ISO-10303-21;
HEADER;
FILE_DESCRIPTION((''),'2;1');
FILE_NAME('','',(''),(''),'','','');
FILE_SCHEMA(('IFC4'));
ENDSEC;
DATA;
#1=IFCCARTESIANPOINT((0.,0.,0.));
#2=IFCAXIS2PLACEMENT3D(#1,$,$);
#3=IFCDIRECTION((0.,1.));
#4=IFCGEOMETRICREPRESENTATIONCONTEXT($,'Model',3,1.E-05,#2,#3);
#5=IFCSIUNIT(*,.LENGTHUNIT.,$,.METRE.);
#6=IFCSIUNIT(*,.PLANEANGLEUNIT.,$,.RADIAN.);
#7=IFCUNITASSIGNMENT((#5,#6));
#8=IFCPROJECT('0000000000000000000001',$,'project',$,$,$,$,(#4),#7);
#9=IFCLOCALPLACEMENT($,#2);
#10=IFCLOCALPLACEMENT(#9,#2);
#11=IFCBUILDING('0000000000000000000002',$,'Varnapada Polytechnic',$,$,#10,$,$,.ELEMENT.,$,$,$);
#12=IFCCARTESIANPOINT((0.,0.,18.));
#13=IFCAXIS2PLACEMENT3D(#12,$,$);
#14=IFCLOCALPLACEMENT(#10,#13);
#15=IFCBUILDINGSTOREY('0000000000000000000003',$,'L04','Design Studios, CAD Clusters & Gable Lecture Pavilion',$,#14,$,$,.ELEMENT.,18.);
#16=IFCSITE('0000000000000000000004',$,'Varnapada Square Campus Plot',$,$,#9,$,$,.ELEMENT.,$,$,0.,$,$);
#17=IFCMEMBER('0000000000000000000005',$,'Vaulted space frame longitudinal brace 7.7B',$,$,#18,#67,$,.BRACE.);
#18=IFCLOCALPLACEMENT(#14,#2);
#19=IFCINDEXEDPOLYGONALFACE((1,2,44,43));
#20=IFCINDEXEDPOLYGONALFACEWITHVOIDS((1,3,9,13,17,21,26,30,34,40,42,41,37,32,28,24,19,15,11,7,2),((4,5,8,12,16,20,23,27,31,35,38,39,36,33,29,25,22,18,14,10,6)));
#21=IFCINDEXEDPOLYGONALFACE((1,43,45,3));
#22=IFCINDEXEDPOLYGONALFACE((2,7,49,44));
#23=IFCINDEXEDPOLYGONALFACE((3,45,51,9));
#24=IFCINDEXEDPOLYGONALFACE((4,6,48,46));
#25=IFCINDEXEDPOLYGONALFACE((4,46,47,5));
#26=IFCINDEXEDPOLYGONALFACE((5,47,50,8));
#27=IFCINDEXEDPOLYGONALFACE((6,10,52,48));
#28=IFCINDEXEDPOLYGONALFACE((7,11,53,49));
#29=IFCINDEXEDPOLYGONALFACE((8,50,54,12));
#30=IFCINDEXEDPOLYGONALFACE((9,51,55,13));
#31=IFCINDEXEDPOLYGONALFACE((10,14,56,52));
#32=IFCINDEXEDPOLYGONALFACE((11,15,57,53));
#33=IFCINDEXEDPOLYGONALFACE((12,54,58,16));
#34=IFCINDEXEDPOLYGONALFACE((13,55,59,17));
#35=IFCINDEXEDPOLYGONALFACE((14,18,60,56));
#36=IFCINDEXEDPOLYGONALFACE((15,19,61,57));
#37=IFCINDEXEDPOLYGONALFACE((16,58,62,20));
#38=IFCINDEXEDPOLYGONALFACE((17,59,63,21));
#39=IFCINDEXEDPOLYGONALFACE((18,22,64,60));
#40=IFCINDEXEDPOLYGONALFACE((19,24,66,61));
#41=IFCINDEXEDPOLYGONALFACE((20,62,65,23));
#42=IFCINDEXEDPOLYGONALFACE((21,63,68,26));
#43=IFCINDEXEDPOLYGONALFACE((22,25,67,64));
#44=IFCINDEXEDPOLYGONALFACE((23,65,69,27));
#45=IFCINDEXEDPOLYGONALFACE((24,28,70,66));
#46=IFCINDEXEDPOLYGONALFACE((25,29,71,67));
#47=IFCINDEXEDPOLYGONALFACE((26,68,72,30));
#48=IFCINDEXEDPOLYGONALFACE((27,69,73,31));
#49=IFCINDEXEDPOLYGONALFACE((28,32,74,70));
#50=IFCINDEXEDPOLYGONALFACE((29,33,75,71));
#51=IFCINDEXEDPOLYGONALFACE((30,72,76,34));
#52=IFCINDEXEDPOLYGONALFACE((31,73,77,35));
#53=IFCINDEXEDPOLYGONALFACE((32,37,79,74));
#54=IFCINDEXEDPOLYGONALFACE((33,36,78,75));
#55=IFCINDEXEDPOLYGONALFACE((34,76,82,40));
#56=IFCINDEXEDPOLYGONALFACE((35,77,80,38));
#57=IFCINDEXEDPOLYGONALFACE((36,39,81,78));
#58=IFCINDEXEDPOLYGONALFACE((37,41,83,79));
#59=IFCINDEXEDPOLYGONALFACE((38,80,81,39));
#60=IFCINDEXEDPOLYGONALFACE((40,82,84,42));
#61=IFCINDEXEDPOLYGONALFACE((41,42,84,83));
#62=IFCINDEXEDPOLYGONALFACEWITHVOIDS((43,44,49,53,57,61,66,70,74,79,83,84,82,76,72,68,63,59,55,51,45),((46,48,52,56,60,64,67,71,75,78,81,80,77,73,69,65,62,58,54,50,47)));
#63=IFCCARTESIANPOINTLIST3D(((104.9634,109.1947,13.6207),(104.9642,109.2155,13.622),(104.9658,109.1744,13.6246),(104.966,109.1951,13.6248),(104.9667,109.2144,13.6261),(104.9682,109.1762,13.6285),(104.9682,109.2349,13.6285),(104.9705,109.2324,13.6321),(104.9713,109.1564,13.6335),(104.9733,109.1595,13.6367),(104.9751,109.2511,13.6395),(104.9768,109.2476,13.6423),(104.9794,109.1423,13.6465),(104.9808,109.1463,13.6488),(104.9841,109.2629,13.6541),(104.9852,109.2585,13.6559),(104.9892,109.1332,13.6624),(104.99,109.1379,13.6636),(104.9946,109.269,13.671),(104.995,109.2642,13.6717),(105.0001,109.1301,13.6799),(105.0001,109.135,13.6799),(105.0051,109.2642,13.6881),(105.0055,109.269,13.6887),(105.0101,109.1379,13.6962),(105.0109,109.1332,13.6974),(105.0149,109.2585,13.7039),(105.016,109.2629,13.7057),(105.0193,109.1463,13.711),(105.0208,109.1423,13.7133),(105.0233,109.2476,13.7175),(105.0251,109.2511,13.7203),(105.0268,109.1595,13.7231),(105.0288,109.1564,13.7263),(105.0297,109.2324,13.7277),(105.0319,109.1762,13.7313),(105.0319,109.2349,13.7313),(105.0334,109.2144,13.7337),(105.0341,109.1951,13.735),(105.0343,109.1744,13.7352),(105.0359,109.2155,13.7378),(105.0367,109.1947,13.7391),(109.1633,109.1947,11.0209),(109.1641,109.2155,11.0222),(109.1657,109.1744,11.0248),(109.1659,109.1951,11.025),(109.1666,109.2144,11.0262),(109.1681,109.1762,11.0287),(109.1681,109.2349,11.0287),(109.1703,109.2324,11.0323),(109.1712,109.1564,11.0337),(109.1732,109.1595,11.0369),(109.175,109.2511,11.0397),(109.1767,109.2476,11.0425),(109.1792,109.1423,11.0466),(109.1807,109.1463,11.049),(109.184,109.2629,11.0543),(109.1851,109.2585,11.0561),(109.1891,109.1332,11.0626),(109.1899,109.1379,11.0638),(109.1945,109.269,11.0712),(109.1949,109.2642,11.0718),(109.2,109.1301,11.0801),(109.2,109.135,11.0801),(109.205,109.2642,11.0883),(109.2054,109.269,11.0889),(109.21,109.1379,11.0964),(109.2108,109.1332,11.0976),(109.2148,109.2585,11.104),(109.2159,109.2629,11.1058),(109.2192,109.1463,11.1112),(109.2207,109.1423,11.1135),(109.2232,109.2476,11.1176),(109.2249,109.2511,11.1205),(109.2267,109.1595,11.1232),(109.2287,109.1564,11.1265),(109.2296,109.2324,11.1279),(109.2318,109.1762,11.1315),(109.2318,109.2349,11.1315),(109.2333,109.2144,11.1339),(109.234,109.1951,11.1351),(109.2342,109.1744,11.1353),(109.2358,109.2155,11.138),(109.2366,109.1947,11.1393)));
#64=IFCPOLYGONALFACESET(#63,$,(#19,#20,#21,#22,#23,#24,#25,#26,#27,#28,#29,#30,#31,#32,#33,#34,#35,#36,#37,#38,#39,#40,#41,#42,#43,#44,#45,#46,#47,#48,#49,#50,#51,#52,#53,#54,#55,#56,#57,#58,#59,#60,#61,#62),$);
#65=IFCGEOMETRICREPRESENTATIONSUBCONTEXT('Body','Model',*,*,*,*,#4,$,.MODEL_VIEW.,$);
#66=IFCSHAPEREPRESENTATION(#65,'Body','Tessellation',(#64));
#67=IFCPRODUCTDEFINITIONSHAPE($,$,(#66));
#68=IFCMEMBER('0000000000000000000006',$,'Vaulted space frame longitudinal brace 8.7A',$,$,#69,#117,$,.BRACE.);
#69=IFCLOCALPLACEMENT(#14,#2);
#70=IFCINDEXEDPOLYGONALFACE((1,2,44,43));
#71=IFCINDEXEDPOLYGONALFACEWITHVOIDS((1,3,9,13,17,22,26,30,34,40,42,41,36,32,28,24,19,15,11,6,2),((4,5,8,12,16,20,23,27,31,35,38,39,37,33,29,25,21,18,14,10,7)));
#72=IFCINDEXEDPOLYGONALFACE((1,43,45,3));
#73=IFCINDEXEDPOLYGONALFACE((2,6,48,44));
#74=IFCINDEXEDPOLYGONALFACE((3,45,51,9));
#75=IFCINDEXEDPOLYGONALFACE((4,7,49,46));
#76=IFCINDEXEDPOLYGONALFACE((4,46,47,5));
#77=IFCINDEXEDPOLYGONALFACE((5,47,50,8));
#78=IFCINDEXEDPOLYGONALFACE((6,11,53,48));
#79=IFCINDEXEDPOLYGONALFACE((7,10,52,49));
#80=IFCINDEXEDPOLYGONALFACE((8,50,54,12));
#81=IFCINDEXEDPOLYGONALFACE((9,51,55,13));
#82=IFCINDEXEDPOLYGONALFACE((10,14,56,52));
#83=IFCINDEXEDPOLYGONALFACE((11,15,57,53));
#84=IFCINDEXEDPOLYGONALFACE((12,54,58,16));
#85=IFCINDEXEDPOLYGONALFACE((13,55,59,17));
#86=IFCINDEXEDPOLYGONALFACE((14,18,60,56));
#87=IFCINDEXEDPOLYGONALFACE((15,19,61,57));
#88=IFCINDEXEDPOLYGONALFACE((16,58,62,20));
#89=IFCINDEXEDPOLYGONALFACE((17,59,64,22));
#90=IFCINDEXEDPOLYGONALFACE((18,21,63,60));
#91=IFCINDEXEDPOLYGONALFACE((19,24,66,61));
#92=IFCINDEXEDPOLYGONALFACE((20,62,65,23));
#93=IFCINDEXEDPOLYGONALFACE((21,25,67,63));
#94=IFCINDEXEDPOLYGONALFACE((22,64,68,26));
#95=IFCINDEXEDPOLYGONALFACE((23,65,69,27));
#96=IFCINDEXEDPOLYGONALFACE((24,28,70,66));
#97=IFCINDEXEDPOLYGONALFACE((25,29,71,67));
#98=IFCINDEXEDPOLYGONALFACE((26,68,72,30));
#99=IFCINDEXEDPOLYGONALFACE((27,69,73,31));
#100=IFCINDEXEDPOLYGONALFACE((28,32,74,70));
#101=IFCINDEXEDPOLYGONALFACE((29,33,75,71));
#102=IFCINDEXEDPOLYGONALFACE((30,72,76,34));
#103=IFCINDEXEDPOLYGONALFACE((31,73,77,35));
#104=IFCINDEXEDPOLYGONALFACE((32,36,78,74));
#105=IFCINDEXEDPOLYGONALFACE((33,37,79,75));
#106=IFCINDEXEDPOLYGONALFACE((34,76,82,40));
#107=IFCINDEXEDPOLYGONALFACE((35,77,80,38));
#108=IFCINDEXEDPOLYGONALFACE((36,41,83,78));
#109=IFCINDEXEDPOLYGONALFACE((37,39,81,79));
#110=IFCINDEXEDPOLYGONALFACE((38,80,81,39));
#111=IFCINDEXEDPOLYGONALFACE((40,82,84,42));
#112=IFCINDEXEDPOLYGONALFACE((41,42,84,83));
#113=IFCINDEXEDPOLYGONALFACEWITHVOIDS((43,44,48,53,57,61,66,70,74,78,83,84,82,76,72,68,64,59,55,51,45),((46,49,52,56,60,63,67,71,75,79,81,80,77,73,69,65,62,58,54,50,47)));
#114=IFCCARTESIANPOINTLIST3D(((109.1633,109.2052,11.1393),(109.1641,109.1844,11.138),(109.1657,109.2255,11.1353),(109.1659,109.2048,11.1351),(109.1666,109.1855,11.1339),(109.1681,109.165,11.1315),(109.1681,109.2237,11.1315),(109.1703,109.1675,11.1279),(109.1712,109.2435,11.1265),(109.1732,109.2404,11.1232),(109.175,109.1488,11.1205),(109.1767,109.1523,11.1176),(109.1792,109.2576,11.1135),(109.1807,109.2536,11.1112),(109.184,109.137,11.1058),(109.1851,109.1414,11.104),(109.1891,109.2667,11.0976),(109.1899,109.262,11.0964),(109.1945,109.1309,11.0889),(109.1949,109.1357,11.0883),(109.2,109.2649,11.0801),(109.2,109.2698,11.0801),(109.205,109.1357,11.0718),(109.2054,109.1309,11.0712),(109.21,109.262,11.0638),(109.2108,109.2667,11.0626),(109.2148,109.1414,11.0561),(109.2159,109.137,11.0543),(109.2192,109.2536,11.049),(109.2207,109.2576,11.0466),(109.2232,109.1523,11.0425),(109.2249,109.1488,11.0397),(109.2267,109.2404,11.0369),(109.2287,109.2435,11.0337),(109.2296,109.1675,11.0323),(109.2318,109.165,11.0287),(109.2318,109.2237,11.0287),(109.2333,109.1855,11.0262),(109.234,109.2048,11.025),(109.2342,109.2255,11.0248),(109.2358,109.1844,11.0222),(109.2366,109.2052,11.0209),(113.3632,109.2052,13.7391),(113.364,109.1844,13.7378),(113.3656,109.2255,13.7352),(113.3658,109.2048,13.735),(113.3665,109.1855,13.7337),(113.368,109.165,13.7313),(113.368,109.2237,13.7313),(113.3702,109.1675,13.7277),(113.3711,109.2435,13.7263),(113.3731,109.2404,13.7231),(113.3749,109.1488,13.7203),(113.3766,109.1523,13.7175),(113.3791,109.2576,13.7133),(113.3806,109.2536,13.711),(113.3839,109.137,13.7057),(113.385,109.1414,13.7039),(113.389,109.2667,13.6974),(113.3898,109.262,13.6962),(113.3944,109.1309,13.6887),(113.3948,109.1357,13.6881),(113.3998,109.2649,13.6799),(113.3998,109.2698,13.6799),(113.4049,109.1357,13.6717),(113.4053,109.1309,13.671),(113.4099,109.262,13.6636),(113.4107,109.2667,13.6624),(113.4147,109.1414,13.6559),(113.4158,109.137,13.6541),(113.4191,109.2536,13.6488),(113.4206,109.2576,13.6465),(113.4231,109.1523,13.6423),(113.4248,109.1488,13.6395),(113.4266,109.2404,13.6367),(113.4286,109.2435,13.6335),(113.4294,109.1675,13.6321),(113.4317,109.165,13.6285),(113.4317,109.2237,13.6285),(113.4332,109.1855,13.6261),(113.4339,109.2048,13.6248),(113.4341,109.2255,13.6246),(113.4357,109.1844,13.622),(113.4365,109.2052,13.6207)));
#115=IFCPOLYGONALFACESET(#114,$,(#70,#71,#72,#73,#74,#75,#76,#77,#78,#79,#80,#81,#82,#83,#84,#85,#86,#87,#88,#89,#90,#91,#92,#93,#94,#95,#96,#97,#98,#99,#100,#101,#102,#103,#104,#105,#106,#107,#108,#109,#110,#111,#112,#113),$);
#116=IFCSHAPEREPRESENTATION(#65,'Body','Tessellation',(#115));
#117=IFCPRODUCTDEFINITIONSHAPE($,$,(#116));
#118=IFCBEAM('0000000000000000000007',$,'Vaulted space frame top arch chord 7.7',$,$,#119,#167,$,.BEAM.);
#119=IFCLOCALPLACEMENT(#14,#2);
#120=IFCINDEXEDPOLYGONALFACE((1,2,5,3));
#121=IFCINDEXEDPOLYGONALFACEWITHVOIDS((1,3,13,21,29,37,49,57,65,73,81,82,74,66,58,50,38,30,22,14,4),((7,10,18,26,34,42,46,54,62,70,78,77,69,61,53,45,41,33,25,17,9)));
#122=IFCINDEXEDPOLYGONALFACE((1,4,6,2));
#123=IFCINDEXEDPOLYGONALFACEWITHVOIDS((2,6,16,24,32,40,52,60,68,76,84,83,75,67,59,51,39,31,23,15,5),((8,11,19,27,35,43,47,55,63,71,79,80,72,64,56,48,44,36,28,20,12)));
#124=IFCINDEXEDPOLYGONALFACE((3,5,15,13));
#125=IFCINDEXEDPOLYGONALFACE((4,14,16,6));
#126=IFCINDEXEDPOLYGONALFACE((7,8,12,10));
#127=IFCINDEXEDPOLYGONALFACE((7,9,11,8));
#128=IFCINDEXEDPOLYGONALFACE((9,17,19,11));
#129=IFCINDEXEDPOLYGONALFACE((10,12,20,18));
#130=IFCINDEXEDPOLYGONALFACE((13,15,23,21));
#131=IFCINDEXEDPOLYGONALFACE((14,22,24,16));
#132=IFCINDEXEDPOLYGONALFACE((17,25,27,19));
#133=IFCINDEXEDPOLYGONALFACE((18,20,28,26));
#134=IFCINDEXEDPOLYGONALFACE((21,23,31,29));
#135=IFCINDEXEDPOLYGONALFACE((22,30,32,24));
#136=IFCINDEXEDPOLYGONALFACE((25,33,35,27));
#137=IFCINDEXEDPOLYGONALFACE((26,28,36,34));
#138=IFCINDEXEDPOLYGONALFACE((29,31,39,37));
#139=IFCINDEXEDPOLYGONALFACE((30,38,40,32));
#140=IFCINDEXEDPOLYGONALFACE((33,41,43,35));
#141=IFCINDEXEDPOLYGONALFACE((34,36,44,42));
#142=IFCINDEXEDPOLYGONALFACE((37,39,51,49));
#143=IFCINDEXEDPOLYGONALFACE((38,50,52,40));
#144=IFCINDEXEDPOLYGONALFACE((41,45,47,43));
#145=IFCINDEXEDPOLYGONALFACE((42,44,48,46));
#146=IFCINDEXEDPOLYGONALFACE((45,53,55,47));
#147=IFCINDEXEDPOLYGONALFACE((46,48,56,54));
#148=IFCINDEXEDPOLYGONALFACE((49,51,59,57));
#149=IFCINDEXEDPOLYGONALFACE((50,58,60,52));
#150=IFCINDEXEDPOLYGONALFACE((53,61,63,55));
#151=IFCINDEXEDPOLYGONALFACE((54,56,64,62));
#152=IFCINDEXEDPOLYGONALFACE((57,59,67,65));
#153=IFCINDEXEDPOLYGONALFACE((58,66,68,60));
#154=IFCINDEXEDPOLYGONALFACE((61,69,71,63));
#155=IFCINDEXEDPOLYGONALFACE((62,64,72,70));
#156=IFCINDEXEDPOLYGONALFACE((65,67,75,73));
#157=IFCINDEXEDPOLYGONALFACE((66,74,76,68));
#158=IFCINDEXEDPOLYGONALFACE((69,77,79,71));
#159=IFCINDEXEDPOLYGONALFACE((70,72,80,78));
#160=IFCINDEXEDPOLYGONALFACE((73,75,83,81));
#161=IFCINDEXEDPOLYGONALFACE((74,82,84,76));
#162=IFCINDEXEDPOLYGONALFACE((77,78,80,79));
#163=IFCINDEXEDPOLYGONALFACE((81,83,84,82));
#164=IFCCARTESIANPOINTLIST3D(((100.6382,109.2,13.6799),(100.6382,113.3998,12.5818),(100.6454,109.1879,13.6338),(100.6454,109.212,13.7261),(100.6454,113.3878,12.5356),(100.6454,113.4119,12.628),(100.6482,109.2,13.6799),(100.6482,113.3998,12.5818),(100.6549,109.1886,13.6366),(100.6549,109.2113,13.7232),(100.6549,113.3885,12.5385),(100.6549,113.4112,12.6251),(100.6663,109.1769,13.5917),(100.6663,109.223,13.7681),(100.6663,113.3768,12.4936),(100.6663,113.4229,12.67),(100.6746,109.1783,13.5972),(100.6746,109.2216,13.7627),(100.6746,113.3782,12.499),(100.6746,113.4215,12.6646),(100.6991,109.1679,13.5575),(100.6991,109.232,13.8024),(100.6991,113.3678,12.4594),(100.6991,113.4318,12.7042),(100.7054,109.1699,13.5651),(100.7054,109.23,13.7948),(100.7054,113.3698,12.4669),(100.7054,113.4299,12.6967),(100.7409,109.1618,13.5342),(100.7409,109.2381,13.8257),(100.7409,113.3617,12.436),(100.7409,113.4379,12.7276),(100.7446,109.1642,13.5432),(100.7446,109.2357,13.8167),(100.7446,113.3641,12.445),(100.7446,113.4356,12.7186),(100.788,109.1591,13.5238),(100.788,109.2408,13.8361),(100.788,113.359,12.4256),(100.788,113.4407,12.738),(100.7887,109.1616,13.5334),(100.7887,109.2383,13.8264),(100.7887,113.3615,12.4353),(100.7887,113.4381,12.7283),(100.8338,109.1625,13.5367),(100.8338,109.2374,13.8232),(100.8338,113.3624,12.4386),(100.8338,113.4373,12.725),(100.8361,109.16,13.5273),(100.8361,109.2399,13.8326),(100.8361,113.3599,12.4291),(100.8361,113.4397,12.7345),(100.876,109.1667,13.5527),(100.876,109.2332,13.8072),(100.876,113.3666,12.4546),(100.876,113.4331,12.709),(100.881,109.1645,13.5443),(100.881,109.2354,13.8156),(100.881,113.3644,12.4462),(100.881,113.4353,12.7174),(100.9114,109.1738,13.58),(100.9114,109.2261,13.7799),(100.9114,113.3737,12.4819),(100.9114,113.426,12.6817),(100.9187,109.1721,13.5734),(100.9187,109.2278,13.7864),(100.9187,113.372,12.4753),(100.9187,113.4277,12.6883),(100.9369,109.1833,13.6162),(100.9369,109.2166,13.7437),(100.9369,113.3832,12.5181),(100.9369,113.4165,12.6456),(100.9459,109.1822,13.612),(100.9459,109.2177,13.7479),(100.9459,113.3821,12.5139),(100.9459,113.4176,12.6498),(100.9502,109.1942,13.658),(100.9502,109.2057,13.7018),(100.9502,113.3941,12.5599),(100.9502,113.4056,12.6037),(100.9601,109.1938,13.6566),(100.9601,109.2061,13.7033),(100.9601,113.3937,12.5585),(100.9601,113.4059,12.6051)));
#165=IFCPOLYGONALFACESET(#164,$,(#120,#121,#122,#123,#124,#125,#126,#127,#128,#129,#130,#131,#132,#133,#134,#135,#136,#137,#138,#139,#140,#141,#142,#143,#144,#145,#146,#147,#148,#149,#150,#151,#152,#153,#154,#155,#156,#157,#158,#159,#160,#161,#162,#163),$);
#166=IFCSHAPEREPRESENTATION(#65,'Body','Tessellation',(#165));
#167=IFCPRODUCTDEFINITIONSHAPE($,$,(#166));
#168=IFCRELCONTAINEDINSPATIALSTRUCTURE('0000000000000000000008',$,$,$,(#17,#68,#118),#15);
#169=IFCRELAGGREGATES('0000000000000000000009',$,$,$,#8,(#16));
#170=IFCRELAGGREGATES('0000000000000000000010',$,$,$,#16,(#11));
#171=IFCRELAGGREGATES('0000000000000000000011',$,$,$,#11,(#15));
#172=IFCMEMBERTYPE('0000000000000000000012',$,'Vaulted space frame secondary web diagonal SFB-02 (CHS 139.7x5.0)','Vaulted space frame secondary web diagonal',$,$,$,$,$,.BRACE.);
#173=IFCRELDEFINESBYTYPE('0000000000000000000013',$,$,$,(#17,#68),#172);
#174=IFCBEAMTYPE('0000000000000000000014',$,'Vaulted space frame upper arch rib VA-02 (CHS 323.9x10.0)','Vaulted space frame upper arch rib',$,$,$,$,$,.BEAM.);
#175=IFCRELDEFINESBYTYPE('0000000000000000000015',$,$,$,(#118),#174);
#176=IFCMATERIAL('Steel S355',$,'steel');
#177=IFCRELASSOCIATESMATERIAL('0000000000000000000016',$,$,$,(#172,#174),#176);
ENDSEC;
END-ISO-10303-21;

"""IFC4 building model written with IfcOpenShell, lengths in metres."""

from ifc_helpers import new_model, si_unit, direction, frame, origin, origin_2d, place, context, subcontext, project, spatial, hollow_circle, extrude, material, material_profile, profile_set, type_object, element, save


model = new_model("IFC4")

# Units and contexts
model_context = context("Model", 3, precision=1e-05, world=origin(), true_north=direction((0.0, 1.0)))
body_context = subcontext(model_context, "Body", "Model", "MODEL_VIEW")
ifc_project = project(units=[si_unit("LENGTHUNIT", "METRE"), si_unit("PLANEANGLEUNIT", "RADIAN")], contexts=[model_context])

# Site, building, storey
site_placement = place(None, origin())
site = spatial("IfcSite", under=ifc_project, at=site_placement, Name="Varnapada Square Campus Plot", CompositionType="ELEMENT", RefElevation=0.0)
building_placement = place(site_placement, origin())
building = spatial("IfcBuilding", under=site, at=building_placement, Name="Varnapada Polytechnic", CompositionType="ELEMENT")
storey_placement = place(building_placement, frame((0.0, 0.0, 18.0)))
storey = spatial("IfcBuildingStorey", under=building, at=storey_placement, Name="L04", Description="Design Studios, CAD Clusters & Gable Lecture Pavilion", CompositionType="ELEMENT", Elevation=18.0)

# Shared definitions
ifc_material = material(Name="Steel S355", Category="steel")

# Members
ifc_material_profile_1 = material_profile(ifc_material, hollow_circle(Radius=0.0698, WallThickness=0.0049, at=origin_2d()), Name="CHS 139.7x5.0")
ifc_profile_set_1 = profile_set([ifc_material_profile_1], Name="Steel S355")
member_type_1 = type_object("IfcMemberType", Name="Vaulted space frame secondary web diagonal SFB-02 (CHS 139.7x5.0)", Description="Vaulted space frame secondary web diagonal", PredefinedType="BRACE", material=ifc_profile_set_1)
for number, where, z_axis, x_axis, name in (
    (1, (109.2, 109.2, 11.0801), (-0.850276, 0.0, 0.526338), (0.0, -1.0, 0.0), "Vaulted space frame longitudinal brace 7.7B"),
    (2, (109.2, 109.2, 11.0801), (0.850276, 0.0, 0.526338), (0.0, 1.0, 0.0), "Vaulted space frame longitudinal brace 8.7A"),
):
    element("IfcMember", number, at=place(storey_placement, frame(where, z_axis=z_axis, x_axis=x_axis)), inside=storey, type_object=member_type_1, Name=name, PredefinedType="BRACE", context=body_context, shape_type="SweptSolid", body=[
        extrude(hollow_circle(Radius=0.0698, WallThickness=0.0049, at=origin_2d()), origin(), (0.0, 0.0, 1.0), 4.9395),
    ])

# Beam
ifc_material_profile_2 = material_profile(ifc_material, hollow_circle(Radius=0.1619, WallThickness=0.01, at=origin_2d()), Name="CHS 323.9x10.0")
ifc_profile_set_2 = profile_set([ifc_material_profile_2], Name="Steel S355")
beam_type_1 = type_object("IfcBeamType", Name="Vaulted space frame upper arch rib VA-02 (CHS 323.9x10.0)", Description="Vaulted space frame upper arch rib", PredefinedType="BEAM", material=ifc_profile_set_2)
beam_1_placement = place(storey_placement, frame((100.8, 109.2, 13.6799), z_axis=(0.0, 0.967476, -0.252962), x_axis=(-1.0, 0.0, 0.0)))
element("IfcBeam", 3, at=beam_1_placement, inside=storey, type_object=beam_type_1, Name="Vaulted space frame top arch chord 7.7", PredefinedType="BEAM", context=body_context, shape_type="SweptSolid", body=[
    extrude(hollow_circle(Radius=0.1619, WallThickness=0.01, at=origin_2d()), origin(), (0.0, 0.0, 1.0), 4.3411),
])

save(model, "model.ifc")
